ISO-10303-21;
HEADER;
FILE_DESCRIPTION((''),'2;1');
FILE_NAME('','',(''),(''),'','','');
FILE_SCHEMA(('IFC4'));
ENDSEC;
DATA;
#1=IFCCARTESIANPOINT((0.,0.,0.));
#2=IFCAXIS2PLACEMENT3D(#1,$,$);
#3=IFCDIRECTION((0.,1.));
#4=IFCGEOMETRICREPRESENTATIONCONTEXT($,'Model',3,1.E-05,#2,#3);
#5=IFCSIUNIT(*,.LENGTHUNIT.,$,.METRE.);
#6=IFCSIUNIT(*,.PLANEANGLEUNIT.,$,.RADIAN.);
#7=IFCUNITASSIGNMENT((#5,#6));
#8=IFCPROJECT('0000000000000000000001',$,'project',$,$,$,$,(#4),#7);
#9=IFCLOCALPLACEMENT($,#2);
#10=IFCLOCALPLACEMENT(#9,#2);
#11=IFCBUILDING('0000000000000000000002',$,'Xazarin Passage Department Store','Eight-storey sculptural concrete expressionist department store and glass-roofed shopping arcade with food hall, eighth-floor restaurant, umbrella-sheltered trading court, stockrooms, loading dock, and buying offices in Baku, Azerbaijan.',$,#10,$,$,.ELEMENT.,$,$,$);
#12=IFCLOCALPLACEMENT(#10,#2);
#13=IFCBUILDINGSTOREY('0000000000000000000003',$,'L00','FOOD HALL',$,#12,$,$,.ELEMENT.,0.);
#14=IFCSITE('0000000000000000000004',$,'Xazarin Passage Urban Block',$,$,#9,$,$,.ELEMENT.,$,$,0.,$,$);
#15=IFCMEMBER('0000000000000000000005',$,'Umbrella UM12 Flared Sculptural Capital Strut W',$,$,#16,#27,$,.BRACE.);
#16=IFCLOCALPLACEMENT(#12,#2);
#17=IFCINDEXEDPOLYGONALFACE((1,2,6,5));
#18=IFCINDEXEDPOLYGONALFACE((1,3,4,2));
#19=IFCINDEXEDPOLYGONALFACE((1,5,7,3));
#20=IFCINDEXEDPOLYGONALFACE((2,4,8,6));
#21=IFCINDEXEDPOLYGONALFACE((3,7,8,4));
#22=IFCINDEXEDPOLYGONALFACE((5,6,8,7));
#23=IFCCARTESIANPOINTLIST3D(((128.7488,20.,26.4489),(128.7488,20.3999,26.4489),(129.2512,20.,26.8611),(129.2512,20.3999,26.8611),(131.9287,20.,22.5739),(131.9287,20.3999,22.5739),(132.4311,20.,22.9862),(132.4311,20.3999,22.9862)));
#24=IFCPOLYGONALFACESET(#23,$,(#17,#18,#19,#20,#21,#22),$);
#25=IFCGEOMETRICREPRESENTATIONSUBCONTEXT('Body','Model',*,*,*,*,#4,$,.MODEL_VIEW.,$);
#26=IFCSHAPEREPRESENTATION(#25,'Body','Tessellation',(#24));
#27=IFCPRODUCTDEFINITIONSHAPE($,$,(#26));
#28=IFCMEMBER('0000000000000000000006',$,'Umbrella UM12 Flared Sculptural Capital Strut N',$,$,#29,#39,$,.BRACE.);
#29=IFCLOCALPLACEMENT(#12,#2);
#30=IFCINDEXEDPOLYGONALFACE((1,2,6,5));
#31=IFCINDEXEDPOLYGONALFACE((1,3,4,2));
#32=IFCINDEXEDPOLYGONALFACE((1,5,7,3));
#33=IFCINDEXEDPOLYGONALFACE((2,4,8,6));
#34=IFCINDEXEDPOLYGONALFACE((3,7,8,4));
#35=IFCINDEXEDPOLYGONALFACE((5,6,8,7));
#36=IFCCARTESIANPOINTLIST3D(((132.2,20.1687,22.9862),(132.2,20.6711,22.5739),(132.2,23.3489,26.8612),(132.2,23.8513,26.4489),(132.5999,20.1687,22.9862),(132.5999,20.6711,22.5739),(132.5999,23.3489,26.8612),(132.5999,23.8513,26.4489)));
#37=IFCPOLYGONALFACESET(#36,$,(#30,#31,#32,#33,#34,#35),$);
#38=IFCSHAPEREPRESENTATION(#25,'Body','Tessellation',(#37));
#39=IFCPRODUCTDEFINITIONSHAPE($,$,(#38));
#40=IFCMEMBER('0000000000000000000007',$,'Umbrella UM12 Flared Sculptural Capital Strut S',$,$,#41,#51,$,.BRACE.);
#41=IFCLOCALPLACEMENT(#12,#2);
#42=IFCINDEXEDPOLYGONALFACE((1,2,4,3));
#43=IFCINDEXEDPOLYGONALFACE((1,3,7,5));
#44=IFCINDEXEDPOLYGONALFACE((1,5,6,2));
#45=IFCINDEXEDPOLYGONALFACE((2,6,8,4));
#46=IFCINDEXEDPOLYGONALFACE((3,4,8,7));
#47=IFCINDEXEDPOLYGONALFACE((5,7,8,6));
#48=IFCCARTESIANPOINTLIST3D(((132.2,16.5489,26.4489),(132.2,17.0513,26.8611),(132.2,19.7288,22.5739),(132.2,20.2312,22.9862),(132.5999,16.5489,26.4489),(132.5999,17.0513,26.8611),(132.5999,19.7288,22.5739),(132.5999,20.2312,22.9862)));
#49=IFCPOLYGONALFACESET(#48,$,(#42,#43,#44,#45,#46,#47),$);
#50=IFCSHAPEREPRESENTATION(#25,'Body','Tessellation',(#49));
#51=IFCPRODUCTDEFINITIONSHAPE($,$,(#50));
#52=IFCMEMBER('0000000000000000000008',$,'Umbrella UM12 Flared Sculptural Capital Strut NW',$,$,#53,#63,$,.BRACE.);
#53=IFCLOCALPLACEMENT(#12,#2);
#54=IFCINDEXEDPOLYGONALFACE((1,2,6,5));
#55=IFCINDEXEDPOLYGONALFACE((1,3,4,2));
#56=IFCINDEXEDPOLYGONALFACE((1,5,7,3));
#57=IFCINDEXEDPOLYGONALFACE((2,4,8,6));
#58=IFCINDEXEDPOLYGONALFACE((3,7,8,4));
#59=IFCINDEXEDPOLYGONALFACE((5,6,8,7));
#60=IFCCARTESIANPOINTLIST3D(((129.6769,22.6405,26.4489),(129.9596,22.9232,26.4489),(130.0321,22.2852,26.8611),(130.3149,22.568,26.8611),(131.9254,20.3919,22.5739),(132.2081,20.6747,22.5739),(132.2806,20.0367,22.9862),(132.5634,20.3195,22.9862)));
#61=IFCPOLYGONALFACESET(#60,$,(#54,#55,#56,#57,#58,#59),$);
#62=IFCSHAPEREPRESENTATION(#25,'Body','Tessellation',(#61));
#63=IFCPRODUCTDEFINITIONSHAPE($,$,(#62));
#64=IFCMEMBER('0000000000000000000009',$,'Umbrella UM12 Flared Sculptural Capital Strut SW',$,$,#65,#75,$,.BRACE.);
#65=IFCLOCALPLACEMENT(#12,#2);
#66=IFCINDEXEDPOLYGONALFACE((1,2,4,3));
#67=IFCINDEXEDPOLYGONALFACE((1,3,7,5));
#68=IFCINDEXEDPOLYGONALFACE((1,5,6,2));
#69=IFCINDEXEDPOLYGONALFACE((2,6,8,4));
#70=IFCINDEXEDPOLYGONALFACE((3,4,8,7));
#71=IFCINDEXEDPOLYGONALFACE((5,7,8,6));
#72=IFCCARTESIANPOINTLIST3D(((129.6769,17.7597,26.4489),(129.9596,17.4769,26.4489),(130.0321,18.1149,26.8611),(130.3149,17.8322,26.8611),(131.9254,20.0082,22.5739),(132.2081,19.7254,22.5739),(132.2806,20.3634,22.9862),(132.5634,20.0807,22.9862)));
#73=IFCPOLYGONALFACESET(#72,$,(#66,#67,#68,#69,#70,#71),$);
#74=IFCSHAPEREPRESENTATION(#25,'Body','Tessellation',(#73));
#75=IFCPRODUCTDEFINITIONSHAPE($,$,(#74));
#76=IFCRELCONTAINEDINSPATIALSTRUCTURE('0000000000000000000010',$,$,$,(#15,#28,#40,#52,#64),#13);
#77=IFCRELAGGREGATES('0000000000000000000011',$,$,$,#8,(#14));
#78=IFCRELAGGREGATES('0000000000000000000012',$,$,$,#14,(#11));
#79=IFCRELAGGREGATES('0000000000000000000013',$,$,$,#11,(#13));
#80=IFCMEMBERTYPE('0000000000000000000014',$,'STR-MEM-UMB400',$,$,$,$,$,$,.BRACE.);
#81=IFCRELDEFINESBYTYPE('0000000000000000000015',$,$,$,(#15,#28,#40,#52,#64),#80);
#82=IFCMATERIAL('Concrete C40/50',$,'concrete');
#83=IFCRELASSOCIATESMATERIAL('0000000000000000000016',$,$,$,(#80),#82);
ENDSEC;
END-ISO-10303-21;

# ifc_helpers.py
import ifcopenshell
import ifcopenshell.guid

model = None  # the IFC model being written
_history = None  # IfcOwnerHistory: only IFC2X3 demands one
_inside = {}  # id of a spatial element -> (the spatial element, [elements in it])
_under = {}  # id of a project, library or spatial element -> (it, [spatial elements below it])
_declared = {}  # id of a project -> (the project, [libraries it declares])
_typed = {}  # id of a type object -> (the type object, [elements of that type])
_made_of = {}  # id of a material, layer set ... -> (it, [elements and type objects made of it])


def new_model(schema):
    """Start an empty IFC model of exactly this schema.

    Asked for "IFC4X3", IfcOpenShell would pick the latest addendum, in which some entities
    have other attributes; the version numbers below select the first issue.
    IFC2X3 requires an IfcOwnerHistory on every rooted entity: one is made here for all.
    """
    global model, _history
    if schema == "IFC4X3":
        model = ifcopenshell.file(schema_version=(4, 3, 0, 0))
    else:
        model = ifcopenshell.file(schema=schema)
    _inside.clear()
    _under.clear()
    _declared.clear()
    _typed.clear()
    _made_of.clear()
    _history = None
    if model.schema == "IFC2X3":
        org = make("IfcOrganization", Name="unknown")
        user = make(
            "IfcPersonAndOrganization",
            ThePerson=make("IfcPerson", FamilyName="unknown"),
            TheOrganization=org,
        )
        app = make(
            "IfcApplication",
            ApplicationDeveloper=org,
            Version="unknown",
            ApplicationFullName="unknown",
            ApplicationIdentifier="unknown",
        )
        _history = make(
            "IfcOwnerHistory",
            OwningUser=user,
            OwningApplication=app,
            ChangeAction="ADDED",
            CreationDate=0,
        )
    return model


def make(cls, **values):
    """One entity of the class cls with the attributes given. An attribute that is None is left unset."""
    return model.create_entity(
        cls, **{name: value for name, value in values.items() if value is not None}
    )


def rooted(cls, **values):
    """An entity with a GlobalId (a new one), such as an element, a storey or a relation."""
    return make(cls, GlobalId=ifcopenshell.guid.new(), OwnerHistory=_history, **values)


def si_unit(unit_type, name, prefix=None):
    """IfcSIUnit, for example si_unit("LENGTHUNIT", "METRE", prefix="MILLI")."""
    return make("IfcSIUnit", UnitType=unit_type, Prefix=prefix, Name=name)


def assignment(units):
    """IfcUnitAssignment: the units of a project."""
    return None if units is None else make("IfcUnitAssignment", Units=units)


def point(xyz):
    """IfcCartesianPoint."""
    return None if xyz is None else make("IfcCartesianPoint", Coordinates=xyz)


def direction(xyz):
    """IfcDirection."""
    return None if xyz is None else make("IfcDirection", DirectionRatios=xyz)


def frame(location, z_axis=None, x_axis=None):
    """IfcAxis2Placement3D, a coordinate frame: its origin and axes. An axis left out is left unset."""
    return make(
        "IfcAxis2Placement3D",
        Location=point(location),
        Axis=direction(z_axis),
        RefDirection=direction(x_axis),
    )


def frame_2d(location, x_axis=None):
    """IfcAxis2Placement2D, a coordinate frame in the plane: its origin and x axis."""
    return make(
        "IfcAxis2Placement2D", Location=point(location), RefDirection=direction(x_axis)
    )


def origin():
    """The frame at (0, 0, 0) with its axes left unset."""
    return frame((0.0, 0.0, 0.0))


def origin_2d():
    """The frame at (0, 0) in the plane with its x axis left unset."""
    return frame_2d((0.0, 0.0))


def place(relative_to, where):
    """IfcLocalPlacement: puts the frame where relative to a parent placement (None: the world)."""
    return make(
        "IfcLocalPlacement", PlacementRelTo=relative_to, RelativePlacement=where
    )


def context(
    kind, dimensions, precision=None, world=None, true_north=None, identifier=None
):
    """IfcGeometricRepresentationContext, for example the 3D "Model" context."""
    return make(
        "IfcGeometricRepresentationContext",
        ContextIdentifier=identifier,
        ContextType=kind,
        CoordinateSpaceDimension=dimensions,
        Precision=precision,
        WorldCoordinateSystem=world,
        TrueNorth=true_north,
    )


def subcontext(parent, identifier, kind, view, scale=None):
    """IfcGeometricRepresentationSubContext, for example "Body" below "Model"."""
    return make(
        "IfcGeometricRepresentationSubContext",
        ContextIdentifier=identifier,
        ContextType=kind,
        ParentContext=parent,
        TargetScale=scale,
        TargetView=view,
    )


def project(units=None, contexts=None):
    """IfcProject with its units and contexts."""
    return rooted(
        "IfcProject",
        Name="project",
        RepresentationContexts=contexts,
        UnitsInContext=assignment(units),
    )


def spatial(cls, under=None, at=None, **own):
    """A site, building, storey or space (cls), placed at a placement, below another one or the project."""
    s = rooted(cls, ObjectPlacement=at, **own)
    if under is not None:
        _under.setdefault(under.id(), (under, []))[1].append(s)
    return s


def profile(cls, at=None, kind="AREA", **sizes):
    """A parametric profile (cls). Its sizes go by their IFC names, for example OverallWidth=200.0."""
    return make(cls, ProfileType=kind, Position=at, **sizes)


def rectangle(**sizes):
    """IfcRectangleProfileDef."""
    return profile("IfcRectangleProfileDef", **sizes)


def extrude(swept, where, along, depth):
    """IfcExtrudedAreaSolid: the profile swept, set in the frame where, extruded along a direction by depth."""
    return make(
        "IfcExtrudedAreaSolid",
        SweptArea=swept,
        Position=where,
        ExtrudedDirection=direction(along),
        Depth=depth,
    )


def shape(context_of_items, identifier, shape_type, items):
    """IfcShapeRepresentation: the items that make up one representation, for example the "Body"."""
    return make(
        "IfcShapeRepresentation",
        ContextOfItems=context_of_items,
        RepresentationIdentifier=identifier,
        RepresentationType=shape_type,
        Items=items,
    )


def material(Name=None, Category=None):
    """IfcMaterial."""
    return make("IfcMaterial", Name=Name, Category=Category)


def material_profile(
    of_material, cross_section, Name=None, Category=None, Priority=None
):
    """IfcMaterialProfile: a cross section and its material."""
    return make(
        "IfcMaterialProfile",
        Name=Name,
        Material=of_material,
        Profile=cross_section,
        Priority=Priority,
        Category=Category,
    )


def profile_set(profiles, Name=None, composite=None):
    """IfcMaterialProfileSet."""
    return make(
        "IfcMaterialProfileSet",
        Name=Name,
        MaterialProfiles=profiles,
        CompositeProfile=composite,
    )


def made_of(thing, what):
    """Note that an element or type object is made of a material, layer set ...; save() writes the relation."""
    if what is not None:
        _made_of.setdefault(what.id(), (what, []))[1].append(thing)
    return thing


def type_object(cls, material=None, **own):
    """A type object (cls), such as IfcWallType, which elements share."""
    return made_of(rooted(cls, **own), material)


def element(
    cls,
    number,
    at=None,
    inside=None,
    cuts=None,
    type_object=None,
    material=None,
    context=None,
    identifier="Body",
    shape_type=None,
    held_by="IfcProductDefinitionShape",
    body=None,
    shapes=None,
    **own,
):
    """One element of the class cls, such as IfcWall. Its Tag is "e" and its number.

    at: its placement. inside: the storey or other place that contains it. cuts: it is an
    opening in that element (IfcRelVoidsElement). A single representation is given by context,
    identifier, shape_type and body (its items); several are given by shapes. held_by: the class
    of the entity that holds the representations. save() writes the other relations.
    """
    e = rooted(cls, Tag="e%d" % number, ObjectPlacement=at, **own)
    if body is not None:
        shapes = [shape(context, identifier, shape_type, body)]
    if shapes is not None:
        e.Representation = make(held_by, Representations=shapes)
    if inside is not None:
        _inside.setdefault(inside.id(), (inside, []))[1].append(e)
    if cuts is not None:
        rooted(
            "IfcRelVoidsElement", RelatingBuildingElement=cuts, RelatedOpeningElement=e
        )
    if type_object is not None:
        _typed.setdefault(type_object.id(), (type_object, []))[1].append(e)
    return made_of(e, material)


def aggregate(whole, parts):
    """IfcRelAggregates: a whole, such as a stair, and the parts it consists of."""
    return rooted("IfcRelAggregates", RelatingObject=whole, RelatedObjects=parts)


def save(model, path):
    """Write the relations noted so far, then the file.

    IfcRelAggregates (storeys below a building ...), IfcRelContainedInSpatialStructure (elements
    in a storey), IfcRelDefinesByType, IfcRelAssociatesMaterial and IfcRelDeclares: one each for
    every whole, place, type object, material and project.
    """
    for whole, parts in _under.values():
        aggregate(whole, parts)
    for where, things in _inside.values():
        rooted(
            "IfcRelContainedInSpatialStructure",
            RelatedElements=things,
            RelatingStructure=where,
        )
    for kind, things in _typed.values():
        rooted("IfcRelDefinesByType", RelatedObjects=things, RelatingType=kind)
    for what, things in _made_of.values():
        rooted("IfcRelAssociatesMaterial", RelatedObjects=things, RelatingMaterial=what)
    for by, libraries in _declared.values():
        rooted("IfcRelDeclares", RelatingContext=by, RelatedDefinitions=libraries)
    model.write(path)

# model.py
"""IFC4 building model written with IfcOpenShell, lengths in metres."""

from ifc_helpers import new_model, si_unit, direction, frame, origin, origin_2d, place, context, subcontext, project, spatial, rectangle, extrude, material, material_profile, profile_set, type_object, element, save


model = new_model("IFC4")

# Units and contexts
model_context = context("Model", 3, precision=1e-05, world=origin(), true_north=direction((0.0, 1.0)))
body_context = subcontext(model_context, "Body", "Model", "MODEL_VIEW")
ifc_project = project(units=[si_unit("LENGTHUNIT", "METRE"), si_unit("PLANEANGLEUNIT", "RADIAN")], contexts=[model_context])

# Site, building, storey
site_placement = place(None, origin())
site = spatial("IfcSite", under=ifc_project, at=site_placement, Name="Xazarin Passage Urban Block", CompositionType="ELEMENT", RefElevation=0.0)
building_placement = place(site_placement, origin())
building = spatial("IfcBuilding", under=site, at=building_placement, Name="Xazarin Passage Department Store", Description="Eight-storey sculptural concrete expressionist department store and glass-roofed shopping arcade with food hall, eighth-floor restaurant, umbrella-sheltered trading court, stockrooms, loading dock, and buying offices in Baku, Azerbaijan.", CompositionType="ELEMENT")
storey_placement = place(building_placement, origin())
storey = spatial("IfcBuildingStorey", under=building, at=storey_placement, Name="L00", Description="FOOD HALL", CompositionType="ELEMENT", Elevation=0.0)

# Shared definitions
ifc_material_1 = material(Name="Concrete C40/50", Category="concrete")

# Members
ifc_material_profile_1 = material_profile(ifc_material_1, rectangle(XDim=0.3999, YDim=0.6499, at=origin_2d()), Name="RC 400x650")
ifc_profile_set_1 = profile_set([ifc_material_profile_1], Name="Concrete C40/50")
member_type = type_object("IfcMemberType", Name="STR-MEM-UMB400", PredefinedType="BRACE", material=ifc_profile_set_1)
member_1_placement = place(storey_placement, frame((132.1799, 20.2, 22.78), z_axis=(-0.63437, 0.0, 0.77303), x_axis=(0.0, -1.0, 0.0)))
element("IfcMember", 1, at=member_1_placement, inside=storey, type_object=member_type, Name="Umbrella UM12 Flared Sculptural Capital Strut W", PredefinedType="BRACE", context=body_context, shape_type="SweptSolid", body=[
    extrude(rectangle(XDim=0.3999, YDim=0.6499, at=origin_2d()), origin(), (0.0, 0.0, 1.0), 5.0127),
])
member_2_placement = place(storey_placement, frame((132.3999, 20.4199, 22.78), z_axis=(0.0, 0.634399, 0.773006), x_axis=(-1.0, 0.0, 0.0)))
element("IfcMember", 2, at=member_2_placement, inside=storey, type_object=member_type, Name="Umbrella UM12 Flared Sculptural Capital Strut N", PredefinedType="BRACE", context=body_context, shape_type="SweptSolid", body=[
    extrude(rectangle(XDim=0.3999, YDim=0.6499, at=origin_2d()), origin(), (0.0, 0.0, 1.0), 5.0129),
])
for number, where, z_axis, x_axis, name in (
    (3, (132.3999, 19.98, 22.78), (0.0, -0.63437, 0.77303), (1.0, 0.0, 0.0), "Umbrella UM12 Flared Sculptural Capital Strut S"),
    (4, (132.2444, 20.3557, 22.78), (-0.448565, 0.448565, 0.773032), (-0.707107, -0.707107, 0.0), "Umbrella UM12 Flared Sculptural Capital Strut NW"),
    (5, (132.2444, 20.0444, 22.78), (-0.448565, -0.448565, 0.773032), (0.707107, -0.707107, 0.0), "Umbrella UM12 Flared Sculptural Capital Strut SW"),
):
    element("IfcMember", number, at=place(storey_placement, frame(where, z_axis=z_axis, x_axis=x_axis)), inside=storey, type_object=member_type, Name=name, PredefinedType="BRACE", context=body_context, shape_type="SweptSolid", body=[
        extrude(rectangle(XDim=0.3999, YDim=0.6499, at=origin_2d()), origin(), (0.0, 0.0, 1.0), 5.0127),
    ])

save(model, "model.ifc")
